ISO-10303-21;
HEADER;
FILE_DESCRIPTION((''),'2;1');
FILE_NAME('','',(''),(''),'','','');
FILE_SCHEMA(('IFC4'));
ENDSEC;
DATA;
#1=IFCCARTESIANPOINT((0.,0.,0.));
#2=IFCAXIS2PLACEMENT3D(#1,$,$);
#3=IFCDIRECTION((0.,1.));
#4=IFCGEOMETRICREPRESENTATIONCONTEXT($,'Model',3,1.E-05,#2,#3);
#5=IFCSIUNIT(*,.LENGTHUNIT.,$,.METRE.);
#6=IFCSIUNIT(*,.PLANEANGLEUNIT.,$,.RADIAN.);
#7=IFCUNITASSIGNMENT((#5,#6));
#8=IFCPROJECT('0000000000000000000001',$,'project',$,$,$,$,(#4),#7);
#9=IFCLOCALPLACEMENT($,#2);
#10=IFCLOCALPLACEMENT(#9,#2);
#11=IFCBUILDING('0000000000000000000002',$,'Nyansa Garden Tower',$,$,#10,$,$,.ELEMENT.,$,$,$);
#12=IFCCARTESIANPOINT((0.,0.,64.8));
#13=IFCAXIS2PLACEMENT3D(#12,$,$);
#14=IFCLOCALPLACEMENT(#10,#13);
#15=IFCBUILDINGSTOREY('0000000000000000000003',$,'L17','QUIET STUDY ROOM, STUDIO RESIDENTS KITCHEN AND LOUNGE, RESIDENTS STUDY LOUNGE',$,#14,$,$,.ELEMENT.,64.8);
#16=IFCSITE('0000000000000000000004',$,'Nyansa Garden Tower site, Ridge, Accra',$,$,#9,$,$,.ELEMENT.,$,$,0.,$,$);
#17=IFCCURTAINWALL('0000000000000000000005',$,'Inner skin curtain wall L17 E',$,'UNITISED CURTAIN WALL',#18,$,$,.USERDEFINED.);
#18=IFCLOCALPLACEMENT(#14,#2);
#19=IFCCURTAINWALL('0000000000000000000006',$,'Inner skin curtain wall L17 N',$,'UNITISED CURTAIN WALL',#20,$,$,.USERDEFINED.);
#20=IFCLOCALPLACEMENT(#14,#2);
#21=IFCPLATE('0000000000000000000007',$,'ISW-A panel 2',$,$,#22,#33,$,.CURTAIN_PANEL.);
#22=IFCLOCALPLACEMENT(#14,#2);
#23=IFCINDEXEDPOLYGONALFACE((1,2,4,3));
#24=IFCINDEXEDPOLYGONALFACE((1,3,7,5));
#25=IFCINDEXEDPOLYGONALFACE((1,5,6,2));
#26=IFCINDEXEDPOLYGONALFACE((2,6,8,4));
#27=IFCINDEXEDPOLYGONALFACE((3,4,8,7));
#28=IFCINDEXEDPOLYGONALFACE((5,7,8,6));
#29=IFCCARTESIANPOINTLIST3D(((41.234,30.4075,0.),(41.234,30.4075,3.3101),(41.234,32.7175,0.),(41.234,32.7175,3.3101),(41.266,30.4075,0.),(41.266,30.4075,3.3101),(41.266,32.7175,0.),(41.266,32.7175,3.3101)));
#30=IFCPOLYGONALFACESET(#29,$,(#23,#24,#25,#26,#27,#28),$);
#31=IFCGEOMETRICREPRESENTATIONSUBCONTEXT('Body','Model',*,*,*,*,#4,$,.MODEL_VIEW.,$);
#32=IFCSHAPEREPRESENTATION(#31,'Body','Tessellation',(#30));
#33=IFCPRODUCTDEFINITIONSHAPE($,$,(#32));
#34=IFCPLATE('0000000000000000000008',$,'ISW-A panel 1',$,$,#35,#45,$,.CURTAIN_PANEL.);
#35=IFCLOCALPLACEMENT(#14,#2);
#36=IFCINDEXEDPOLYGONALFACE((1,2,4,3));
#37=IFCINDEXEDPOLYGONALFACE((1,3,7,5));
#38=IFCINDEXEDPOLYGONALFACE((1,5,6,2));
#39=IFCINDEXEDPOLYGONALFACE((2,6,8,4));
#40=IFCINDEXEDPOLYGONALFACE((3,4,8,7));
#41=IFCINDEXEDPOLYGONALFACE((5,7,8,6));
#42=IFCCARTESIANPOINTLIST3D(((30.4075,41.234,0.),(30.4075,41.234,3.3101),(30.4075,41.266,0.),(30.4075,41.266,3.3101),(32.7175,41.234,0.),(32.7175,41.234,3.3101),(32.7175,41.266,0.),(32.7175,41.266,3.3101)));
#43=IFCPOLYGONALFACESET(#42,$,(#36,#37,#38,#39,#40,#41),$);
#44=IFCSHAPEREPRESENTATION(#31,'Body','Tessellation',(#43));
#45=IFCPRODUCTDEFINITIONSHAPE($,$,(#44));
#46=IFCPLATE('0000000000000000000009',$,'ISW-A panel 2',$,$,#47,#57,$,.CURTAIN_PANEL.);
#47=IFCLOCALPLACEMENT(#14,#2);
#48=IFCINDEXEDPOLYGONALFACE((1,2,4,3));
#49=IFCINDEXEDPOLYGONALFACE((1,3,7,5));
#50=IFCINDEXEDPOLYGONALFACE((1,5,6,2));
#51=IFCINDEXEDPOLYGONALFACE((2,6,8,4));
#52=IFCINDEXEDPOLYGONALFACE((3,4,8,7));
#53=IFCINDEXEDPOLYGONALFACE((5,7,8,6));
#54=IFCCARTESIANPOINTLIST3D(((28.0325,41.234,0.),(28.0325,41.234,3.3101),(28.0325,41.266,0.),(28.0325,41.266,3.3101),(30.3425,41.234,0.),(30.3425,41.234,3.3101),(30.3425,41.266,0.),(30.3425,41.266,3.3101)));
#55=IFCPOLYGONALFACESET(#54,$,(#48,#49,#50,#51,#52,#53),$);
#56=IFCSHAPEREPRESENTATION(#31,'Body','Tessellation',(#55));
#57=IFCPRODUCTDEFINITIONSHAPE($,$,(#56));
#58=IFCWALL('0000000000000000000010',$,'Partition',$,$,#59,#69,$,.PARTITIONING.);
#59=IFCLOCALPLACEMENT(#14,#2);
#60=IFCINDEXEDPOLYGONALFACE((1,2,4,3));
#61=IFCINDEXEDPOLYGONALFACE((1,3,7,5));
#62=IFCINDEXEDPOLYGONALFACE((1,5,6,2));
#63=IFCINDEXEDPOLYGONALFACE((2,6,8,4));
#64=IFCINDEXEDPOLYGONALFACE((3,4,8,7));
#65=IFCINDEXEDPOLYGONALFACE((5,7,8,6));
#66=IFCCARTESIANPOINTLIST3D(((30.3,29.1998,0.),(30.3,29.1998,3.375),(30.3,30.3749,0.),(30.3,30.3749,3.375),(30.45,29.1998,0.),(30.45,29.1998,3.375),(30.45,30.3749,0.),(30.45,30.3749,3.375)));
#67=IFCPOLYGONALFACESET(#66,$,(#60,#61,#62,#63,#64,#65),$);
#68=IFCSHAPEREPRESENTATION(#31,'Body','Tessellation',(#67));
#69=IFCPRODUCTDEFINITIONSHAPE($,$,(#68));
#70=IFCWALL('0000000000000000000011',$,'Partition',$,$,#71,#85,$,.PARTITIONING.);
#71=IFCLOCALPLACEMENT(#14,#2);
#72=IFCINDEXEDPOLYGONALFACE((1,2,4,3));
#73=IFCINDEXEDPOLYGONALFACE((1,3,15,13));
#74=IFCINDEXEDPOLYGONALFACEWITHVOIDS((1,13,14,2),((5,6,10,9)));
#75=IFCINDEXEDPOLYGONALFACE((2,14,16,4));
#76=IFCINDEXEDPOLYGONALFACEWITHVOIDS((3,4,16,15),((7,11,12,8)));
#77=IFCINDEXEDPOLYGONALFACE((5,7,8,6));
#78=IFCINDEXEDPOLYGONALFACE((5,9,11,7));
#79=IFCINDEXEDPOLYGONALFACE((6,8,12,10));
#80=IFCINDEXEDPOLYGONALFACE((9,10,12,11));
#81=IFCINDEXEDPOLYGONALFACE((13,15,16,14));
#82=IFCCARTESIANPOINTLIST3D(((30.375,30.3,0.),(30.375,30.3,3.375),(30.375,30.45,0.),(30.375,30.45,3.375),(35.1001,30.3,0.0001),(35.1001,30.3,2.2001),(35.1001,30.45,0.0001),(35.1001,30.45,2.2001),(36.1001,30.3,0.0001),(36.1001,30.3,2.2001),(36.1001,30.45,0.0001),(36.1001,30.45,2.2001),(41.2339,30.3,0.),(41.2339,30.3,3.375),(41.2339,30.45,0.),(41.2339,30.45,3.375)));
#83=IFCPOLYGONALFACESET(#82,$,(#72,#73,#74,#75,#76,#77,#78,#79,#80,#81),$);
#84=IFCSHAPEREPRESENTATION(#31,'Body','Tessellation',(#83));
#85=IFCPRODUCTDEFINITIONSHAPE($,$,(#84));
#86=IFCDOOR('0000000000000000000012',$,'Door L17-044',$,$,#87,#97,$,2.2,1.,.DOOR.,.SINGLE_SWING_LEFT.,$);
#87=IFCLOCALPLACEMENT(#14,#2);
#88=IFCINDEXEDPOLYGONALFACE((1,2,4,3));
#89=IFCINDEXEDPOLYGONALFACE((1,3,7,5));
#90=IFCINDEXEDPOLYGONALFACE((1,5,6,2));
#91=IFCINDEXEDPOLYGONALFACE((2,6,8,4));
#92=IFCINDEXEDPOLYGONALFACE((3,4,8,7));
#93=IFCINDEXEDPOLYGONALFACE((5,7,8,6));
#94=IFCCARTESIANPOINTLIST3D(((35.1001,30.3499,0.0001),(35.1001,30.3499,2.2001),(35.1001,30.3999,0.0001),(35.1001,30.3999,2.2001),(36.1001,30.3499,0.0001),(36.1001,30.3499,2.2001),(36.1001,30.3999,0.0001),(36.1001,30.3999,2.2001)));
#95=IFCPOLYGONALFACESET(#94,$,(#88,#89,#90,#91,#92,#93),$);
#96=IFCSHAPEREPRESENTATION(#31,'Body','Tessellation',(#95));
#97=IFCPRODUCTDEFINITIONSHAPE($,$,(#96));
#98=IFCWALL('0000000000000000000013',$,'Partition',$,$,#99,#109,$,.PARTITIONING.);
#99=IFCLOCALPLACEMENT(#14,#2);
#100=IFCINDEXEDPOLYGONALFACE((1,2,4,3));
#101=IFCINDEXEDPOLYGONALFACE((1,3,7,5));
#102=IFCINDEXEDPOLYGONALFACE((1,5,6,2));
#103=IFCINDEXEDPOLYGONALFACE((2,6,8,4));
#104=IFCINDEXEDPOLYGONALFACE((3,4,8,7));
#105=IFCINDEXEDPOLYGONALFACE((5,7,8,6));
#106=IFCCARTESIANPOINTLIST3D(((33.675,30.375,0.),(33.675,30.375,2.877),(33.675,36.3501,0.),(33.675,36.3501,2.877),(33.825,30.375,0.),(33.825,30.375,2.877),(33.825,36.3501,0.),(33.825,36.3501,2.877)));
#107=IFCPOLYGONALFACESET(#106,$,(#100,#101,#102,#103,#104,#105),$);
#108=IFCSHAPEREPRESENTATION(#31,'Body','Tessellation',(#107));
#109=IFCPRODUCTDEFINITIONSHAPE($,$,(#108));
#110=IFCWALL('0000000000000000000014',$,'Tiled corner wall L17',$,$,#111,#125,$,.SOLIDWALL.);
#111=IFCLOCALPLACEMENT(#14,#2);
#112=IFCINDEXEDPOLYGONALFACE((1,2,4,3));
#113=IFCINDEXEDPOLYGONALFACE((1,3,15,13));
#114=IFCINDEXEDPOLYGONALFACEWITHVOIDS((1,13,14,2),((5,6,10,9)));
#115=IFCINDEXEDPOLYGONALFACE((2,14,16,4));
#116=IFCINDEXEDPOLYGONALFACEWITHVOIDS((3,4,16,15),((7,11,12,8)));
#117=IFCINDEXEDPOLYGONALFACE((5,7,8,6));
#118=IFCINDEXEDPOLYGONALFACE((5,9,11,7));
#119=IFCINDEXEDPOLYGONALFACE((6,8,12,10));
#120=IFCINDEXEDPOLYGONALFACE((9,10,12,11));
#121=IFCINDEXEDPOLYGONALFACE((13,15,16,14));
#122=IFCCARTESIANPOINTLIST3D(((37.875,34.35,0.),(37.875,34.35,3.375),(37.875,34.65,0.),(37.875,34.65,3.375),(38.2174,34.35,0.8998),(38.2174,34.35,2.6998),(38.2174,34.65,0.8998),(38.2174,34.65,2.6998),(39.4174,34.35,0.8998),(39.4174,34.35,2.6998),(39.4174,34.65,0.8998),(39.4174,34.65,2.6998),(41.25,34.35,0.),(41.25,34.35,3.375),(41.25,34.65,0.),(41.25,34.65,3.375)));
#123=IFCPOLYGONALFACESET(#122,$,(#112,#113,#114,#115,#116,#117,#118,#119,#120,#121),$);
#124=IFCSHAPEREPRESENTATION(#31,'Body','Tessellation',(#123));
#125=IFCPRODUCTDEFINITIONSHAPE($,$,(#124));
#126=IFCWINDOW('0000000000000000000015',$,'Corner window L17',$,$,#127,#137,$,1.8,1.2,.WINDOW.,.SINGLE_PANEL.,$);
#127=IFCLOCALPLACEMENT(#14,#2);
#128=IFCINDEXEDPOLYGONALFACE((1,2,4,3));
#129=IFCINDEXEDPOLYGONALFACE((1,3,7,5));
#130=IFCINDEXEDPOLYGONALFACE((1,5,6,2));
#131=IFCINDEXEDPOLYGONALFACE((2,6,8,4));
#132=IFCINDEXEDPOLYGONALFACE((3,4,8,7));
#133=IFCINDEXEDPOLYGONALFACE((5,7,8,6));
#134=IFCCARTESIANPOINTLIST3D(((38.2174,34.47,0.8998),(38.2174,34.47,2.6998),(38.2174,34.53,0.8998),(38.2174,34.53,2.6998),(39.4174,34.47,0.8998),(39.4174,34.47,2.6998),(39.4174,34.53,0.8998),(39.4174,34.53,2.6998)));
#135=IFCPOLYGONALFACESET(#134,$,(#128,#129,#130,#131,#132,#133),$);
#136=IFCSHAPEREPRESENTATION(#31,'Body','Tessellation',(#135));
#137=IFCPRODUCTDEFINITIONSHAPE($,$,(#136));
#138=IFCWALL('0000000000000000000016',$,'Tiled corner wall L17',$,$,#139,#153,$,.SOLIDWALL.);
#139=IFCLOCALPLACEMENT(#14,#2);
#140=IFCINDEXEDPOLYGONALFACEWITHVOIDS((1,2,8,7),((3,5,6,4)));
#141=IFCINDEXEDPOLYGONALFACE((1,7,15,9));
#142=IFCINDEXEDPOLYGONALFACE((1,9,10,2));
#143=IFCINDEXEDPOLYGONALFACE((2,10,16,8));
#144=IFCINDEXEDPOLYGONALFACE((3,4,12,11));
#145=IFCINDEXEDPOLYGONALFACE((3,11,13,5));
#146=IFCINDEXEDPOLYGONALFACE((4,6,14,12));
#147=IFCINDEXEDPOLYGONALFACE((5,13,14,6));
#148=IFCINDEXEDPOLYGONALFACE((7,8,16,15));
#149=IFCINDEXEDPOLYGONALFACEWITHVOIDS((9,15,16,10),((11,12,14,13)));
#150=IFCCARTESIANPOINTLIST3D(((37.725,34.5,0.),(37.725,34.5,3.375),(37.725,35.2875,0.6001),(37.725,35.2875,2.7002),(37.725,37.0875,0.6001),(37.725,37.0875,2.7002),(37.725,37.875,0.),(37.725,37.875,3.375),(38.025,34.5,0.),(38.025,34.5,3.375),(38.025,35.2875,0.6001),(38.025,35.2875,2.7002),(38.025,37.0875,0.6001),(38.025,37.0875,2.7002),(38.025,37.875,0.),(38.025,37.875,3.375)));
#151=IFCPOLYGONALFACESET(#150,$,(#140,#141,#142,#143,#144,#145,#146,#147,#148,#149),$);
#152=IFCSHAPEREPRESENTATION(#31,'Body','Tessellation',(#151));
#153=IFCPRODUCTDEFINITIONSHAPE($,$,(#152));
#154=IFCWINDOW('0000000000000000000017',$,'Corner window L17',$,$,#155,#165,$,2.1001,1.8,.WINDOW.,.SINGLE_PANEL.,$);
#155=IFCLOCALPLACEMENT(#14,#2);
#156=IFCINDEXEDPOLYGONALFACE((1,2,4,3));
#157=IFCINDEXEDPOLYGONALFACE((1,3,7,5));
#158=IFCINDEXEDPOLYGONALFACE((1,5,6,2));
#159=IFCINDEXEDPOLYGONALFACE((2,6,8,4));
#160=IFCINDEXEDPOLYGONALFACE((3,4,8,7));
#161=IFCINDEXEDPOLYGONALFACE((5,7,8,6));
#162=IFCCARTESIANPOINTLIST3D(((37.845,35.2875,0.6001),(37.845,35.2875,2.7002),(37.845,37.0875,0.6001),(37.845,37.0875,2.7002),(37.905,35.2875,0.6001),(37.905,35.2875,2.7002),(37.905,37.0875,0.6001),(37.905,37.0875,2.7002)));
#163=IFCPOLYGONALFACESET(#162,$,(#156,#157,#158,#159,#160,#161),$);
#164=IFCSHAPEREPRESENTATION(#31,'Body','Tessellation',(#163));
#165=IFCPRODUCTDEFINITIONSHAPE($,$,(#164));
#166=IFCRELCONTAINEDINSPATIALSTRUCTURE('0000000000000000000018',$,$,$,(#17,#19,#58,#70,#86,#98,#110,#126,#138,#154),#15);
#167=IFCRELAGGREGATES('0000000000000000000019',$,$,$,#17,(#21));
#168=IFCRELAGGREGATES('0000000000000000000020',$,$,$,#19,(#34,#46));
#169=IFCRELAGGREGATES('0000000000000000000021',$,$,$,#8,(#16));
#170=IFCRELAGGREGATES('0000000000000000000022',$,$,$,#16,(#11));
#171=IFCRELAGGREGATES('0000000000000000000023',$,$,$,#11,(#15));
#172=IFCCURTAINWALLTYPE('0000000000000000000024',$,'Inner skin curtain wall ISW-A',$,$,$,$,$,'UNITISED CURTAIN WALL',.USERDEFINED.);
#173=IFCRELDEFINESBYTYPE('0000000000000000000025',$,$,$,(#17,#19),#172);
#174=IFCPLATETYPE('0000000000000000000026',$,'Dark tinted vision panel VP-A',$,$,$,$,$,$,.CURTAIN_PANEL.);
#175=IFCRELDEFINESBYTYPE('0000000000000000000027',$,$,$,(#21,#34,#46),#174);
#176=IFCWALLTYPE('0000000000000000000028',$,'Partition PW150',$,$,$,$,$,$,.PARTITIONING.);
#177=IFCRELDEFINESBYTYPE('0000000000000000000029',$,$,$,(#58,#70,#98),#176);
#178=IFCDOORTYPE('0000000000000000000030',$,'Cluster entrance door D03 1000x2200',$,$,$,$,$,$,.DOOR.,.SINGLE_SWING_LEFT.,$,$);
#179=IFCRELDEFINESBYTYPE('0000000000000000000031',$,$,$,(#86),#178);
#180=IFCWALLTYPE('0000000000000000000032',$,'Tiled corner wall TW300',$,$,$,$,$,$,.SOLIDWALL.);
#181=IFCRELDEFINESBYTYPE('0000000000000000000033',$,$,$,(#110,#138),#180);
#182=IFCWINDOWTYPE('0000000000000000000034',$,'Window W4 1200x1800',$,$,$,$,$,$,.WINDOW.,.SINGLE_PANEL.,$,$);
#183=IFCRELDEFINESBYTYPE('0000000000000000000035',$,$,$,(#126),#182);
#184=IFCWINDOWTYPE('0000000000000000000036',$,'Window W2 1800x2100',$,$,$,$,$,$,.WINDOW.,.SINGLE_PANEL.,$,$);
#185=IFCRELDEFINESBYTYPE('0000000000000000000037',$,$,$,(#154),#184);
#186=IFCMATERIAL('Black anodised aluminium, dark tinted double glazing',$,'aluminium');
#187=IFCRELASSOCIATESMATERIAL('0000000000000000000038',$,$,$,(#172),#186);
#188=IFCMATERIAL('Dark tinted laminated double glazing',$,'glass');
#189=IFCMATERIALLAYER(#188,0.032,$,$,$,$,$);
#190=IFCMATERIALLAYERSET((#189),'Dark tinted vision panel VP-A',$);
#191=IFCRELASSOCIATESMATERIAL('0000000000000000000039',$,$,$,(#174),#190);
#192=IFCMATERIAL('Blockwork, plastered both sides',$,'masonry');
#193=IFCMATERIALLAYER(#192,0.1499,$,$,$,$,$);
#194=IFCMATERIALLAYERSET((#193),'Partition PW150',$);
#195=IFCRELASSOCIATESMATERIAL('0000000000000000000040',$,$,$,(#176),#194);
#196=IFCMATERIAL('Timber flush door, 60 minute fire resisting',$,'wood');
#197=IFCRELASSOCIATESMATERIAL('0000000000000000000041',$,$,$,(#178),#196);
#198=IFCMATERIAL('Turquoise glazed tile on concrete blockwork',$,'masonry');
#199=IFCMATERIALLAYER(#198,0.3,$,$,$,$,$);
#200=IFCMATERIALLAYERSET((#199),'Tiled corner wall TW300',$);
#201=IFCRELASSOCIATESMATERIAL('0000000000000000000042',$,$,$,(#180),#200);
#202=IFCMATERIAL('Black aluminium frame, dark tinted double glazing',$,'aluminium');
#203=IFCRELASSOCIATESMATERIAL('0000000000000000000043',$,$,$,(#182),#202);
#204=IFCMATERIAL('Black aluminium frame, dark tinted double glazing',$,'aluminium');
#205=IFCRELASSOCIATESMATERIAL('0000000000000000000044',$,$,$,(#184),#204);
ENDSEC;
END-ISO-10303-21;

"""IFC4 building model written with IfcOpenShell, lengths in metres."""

from ifc_helpers import new_model, si_unit, direction, frame, frame_2d, origin, origin_2d, place, context, subcontext, project, spatial, rectangle, extrude, material, layer, layer_set, type_object, element, fill, aggregate, save


model = new_model("IFC4")

# Units and contexts
model_context = context("Model", 3, precision=1e-05, world=origin(), true_north=direction((0.0, 1.0)))
body_context = subcontext(model_context, "Body", "Model", "MODEL_VIEW")
ifc_project = project(units=[si_unit("LENGTHUNIT", "METRE"), si_unit("PLANEANGLEUNIT", "RADIAN")], contexts=[model_context])

# Site, building, storey
site_placement = place(None, origin())
site = spatial("IfcSite", under=ifc_project, at=site_placement, Name="Nyansa Garden Tower site, Ridge, Accra", CompositionType="ELEMENT", RefElevation=0.0)
building_placement = place(site_placement, origin())
building = spatial("IfcBuilding", under=site, at=building_placement, Name="Nyansa Garden Tower", CompositionType="ELEMENT")
storey_placement = place(building_placement, frame((0.0, 0.0, 64.8)))
storey = spatial("IfcBuildingStorey", under=building, at=storey_placement, Name="L17", Description="QUIET STUDY ROOM, STUDIO RESIDENTS KITCHEN AND LOUNGE, RESIDENTS STUDY LOUNGE", CompositionType="ELEMENT", Elevation=64.8)

# Curtain walls
ifc_material_1 = material(Name="Black anodised aluminium, dark tinted double glazing", Category="aluminium")
curtain_wall_type = type_object("IfcCurtainWallType", Name="Inner skin curtain wall ISW-A", ElementType="UNITISED CURTAIN WALL", PredefinedType="USERDEFINED", material=ifc_material_1)
curtain_wall_1_placement = place(storey_placement, origin())
curtain_wall_1 = element("IfcCurtainWall", 1, at=curtain_wall_1_placement, inside=storey, type_object=curtain_wall_type, Name="Inner skin curtain wall L17 E", ObjectType="UNITISED CURTAIN WALL", PredefinedType="USERDEFINED")
curtain_wall_2_placement = place(storey_placement, origin())
curtain_wall_2 = element("IfcCurtainWall", 2, at=curtain_wall_2_placement, inside=storey, type_object=curtain_wall_type, Name="Inner skin curtain wall L17 N", ObjectType="UNITISED CURTAIN WALL", PredefinedType="USERDEFINED")

# Plates
ifc_material_2 = material(Name="Dark tinted laminated double glazing", Category="glass")
ifc_layer_1 = layer(ifc_material_2, 0.032)
ifc_layer_set_1 = layer_set([ifc_layer_1], Name="Dark tinted vision panel VP-A")
plate_type = type_object("IfcPlateType", Name="Dark tinted vision panel VP-A", PredefinedType="CURTAIN_PANEL", material=ifc_layer_set_1)
plate_1_placement = place(storey_placement, frame((41.25, 31.5625, 0.0), z_axis=(0.0, 0.0, 1.0), x_axis=(0.0, 1.0, 0.0)))
plate_1 = element("IfcPlate", 3, at=plate_1_placement, type_object=plate_type, Name="ISW-A panel 2", PredefinedType="CURTAIN_PANEL", context=body_context, shape_type="SweptSolid", body=[
    extrude(rectangle(XDim=2.3101, YDim=0.032, at=origin_2d()), origin(), (0.0, 0.0, 1.0), 3.3101),
])
aggregate(curtain_wall_1, [plate_1])
plate_2_placement = place(storey_placement, frame((31.5625, 41.25, 0.0), z_axis=(0.0, 0.0, 1.0), x_axis=(-1.0, 0.0, 0.0)))
plate_2 = element("IfcPlate", 4, at=plate_2_placement, type_object=plate_type, Name="ISW-A panel 1", PredefinedType="CURTAIN_PANEL", context=body_context, shape_type="SweptSolid", body=[
    extrude(rectangle(XDim=2.3101, YDim=0.032, at=origin_2d()), origin(), (0.0, 0.0, 1.0), 3.3101),
])
plate_3_placement = place(storey_placement, frame((29.1875, 41.25, 0.0), z_axis=(0.0, 0.0, 1.0), x_axis=(-1.0, 0.0, 0.0)))
plate_3 = element("IfcPlate", 5, at=plate_3_placement, type_object=plate_type, Name="ISW-A panel 2", PredefinedType="CURTAIN_PANEL", context=body_context, shape_type="SweptSolid", body=[
    extrude(rectangle(XDim=2.3101, YDim=0.032, at=origin_2d()), origin(), (0.0, 0.0, 1.0), 3.3101),
])
aggregate(curtain_wall_2, [plate_2, plate_3])

# Wall
ifc_material_3 = material(Name="Blockwork, plastered both sides", Category="masonry")
ifc_layer_2 = layer(ifc_material_3, 0.1499)
ifc_layer_set_2 = layer_set([ifc_layer_2], Name="Partition PW150")
wall_type_1 = type_object("IfcWallType", Name="Partition PW150", PredefinedType="PARTITIONING", material=ifc_layer_set_2)
wall_1_placement = place(storey_placement, frame((30.375, 29.2, 0.0), z_axis=(0.0, 0.0, 1.0), x_axis=(0.0, 1.0, 0.0)))
element("IfcWall", 6, at=wall_1_placement, inside=storey, type_object=wall_type_1, Name="Partition", PredefinedType="PARTITIONING", context=body_context, shape_type="SweptSolid", body=[
    extrude(rectangle(XDim=1.175, YDim=0.1499, at=frame_2d((0.5874, 0.0))), origin(), (0.0, 0.0, 1.0), 3.375),
])

# Wall, opening, door
wall_2_placement = place(storey_placement, frame((30.375, 30.375, 0.0), z_axis=(0.0, 0.0, 1.0), x_axis=(1.0, 0.0, 0.0)))
wall_2 = element("IfcWall", 7, at=wall_2_placement, inside=storey, type_object=wall_type_1, Name="Partition", PredefinedType="PARTITIONING", context=body_context, shape_type="SweptSolid", body=[
    extrude(rectangle(XDim=10.8589, YDim=0.1499, at=frame_2d((5.4294, 0.0))), origin(), (0.0, 0.0, 1.0), 3.375),
])
opening_1_placement = place(wall_2_placement, frame((4.7251, 0.0, 0.0)))
opening_1 = element("IfcOpeningElement", 8, at=opening_1_placement, cuts=wall_2, PredefinedType="OPENING", context=body_context, shape_type="SweptSolid", body=[
    extrude(rectangle(XDim=1.0, YDim=2.2, at=frame_2d((0.5, 1.1001))), frame((0.0, 0.085, 0.0), z_axis=(0.0, -1.0, 0.0), x_axis=(1.0, 0.0, 0.0)), (0.0, 0.0, 1.0), 0.1699),
])
ifc_material_4 = material(Name="Timber flush door, 60 minute fire resisting", Category="wood")
door_type = type_object("IfcDoorType", Name="Cluster entrance door D03 1000x2200", OperationType="SINGLE_SWING_LEFT", PredefinedType="DOOR", material=ifc_material_4)
door_placement = place(opening_1_placement, origin())
door = element("IfcDoor", 9, at=door_placement, inside=storey, type_object=door_type, Name="Door L17-044", OperationType="SINGLE_SWING_LEFT", OverallHeight=2.2, OverallWidth=1.0, PredefinedType="DOOR", context=body_context, shape_type="SweptSolid", body=[
    extrude(rectangle(XDim=1.0, YDim=2.2, at=frame_2d((0.5, 1.1001))), frame((0.0, 0.0249, 0.0), z_axis=(0.0, -1.0, 0.0), x_axis=(1.0, 0.0, 0.0)), (0.0, 0.0, 1.0), 0.05),
])
fill(opening_1, door)

# Wall
wall_3_placement = place(storey_placement, frame((33.75, 30.375, 0.0), z_axis=(0.0, 0.0, 1.0), x_axis=(0.0, 1.0, 0.0)))
element("IfcWall", 10, at=wall_3_placement, inside=storey, type_object=wall_type_1, Name="Partition", PredefinedType="PARTITIONING", context=body_context, shape_type="SweptSolid", body=[
    extrude(rectangle(XDim=5.9751, YDim=0.1499, at=frame_2d((2.9875, 0.0))), origin(), (0.0, 0.0, 1.0), 2.877),
])

# Walls, openings, windows
ifc_material_5 = material(Name="Turquoise glazed tile on concrete blockwork", Category="masonry")
ifc_layer_3 = layer(ifc_material_5, 0.3)
ifc_layer_set_3 = layer_set([ifc_layer_3], Name="Tiled corner wall TW300")
wall_type_2 = type_object("IfcWallType", Name="Tiled corner wall TW300", PredefinedType="SOLIDWALL", material=ifc_layer_set_3)
wall_4_placement = place(storey_placement, frame((41.25, 34.5, 0.0), z_axis=(0.0, 0.0, 1.0), x_axis=(-1.0, 0.0, 0.0)))
wall_4 = element("IfcWall", 11, at=wall_4_placement, inside=storey, type_object=wall_type_2, Name="Tiled corner wall L17", PredefinedType="SOLIDWALL", context=body_context, shape_type="SweptSolid", body=[
    extrude(rectangle(XDim=3.375, YDim=0.3, at=frame_2d((1.6875, 0.0))), origin(), (0.0, 0.0, 1.0), 3.375),
])
opening_2_placement = place(wall_4_placement, frame((1.8325, 0.0, 0.8999)))
opening_2 = element("IfcOpeningElement", 12, at=opening_2_placement, cuts=wall_4, PredefinedType="OPENING", context=body_context, shape_type="SweptSolid", body=[
    extrude(rectangle(XDim=1.2, YDim=1.8, at=frame_2d((0.6001, 0.8999))), frame((0.0, 0.1599, 0.0), z_axis=(0.0, -1.0, 0.0), x_axis=(1.0, 0.0, 0.0)), (0.0, 0.0, 1.0), 0.3201),
])
ifc_material_6 = material(Name="Black aluminium frame, dark tinted double glazing", Category="aluminium")
window_type_1 = type_object("IfcWindowType", Name="Window W4 1200x1800", PartitioningType="SINGLE_PANEL", PredefinedType="WINDOW", material=ifc_material_6)
window_1_placement = place(opening_2_placement, origin())
window_1 = element("IfcWindow", 13, at=window_1_placement, inside=storey, type_object=window_type_1, Name="Corner window L17", OverallHeight=1.8, OverallWidth=1.2, PartitioningType="SINGLE_PANEL", PredefinedType="WINDOW", context=body_context, shape_type="SweptSolid", body=[
    extrude(rectangle(XDim=1.2, YDim=1.8, at=frame_2d((0.6001, 0.8999))), frame((0.0, 0.03, 0.0), z_axis=(0.0, -1.0, 0.0), x_axis=(1.0, 0.0, 0.0)), (0.0, 0.0, 1.0), 0.0601),
])
fill(opening_2, window_1)
wall_5_placement = place(storey_placement, frame((37.875, 34.5, 0.0), z_axis=(0.0, 0.0, 1.0), x_axis=(0.0, 1.0, 0.0)))
wall_5 = element("IfcWall", 14, at=wall_5_placement, inside=storey, type_object=wall_type_2, Name="Tiled corner wall L17", PredefinedType="SOLIDWALL", context=body_context, shape_type="SweptSolid", body=[
    extrude(rectangle(XDim=3.375, YDim=0.3, at=frame_2d((1.6875, 0.0))), origin(), (0.0, 0.0, 1.0), 3.375),
])
opening_3_placement = place(wall_5_placement, frame((0.7876, 0.0, 0.6001)))
opening_3 = element("IfcOpeningElement", 15, at=opening_3_placement, cuts=wall_5, PredefinedType="OPENING", context=body_context, shape_type="SweptSolid", body=[
    extrude(rectangle(XDim=1.8, YDim=2.1001, at=frame_2d((0.8999, 1.05))), frame((0.0, 0.1599, 0.0), z_axis=(0.0, -1.0, 0.0), x_axis=(1.0, 0.0, 0.0)), (0.0, 0.0, 1.0), 0.3201),
])
ifc_material_7 = material(Name="Black aluminium frame, dark tinted double glazing", Category="aluminium")
window_type_2 = type_object("IfcWindowType", Name="Window W2 1800x2100", PartitioningType="SINGLE_PANEL", PredefinedType="WINDOW", material=ifc_material_7)
window_2_placement = place(opening_3_placement, origin())
window_2 = element("IfcWindow", 16, at=window_2_placement, inside=storey, type_object=window_type_2, Name="Corner window L17", OverallHeight=2.1001, OverallWidth=1.8, PartitioningType="SINGLE_PANEL", PredefinedType="WINDOW", context=body_context, shape_type="SweptSolid", body=[
    extrude(rectangle(XDim=1.8, YDim=2.1001, at=frame_2d((0.8999, 1.05))), frame((0.0, 0.03, 0.0), z_axis=(0.0, -1.0, 0.0), x_axis=(1.0, 0.0, 0.0)), (0.0, 0.0, 1.0), 0.0601),
])
fill(opening_3, window_2)

save(model, "model.ifc")
